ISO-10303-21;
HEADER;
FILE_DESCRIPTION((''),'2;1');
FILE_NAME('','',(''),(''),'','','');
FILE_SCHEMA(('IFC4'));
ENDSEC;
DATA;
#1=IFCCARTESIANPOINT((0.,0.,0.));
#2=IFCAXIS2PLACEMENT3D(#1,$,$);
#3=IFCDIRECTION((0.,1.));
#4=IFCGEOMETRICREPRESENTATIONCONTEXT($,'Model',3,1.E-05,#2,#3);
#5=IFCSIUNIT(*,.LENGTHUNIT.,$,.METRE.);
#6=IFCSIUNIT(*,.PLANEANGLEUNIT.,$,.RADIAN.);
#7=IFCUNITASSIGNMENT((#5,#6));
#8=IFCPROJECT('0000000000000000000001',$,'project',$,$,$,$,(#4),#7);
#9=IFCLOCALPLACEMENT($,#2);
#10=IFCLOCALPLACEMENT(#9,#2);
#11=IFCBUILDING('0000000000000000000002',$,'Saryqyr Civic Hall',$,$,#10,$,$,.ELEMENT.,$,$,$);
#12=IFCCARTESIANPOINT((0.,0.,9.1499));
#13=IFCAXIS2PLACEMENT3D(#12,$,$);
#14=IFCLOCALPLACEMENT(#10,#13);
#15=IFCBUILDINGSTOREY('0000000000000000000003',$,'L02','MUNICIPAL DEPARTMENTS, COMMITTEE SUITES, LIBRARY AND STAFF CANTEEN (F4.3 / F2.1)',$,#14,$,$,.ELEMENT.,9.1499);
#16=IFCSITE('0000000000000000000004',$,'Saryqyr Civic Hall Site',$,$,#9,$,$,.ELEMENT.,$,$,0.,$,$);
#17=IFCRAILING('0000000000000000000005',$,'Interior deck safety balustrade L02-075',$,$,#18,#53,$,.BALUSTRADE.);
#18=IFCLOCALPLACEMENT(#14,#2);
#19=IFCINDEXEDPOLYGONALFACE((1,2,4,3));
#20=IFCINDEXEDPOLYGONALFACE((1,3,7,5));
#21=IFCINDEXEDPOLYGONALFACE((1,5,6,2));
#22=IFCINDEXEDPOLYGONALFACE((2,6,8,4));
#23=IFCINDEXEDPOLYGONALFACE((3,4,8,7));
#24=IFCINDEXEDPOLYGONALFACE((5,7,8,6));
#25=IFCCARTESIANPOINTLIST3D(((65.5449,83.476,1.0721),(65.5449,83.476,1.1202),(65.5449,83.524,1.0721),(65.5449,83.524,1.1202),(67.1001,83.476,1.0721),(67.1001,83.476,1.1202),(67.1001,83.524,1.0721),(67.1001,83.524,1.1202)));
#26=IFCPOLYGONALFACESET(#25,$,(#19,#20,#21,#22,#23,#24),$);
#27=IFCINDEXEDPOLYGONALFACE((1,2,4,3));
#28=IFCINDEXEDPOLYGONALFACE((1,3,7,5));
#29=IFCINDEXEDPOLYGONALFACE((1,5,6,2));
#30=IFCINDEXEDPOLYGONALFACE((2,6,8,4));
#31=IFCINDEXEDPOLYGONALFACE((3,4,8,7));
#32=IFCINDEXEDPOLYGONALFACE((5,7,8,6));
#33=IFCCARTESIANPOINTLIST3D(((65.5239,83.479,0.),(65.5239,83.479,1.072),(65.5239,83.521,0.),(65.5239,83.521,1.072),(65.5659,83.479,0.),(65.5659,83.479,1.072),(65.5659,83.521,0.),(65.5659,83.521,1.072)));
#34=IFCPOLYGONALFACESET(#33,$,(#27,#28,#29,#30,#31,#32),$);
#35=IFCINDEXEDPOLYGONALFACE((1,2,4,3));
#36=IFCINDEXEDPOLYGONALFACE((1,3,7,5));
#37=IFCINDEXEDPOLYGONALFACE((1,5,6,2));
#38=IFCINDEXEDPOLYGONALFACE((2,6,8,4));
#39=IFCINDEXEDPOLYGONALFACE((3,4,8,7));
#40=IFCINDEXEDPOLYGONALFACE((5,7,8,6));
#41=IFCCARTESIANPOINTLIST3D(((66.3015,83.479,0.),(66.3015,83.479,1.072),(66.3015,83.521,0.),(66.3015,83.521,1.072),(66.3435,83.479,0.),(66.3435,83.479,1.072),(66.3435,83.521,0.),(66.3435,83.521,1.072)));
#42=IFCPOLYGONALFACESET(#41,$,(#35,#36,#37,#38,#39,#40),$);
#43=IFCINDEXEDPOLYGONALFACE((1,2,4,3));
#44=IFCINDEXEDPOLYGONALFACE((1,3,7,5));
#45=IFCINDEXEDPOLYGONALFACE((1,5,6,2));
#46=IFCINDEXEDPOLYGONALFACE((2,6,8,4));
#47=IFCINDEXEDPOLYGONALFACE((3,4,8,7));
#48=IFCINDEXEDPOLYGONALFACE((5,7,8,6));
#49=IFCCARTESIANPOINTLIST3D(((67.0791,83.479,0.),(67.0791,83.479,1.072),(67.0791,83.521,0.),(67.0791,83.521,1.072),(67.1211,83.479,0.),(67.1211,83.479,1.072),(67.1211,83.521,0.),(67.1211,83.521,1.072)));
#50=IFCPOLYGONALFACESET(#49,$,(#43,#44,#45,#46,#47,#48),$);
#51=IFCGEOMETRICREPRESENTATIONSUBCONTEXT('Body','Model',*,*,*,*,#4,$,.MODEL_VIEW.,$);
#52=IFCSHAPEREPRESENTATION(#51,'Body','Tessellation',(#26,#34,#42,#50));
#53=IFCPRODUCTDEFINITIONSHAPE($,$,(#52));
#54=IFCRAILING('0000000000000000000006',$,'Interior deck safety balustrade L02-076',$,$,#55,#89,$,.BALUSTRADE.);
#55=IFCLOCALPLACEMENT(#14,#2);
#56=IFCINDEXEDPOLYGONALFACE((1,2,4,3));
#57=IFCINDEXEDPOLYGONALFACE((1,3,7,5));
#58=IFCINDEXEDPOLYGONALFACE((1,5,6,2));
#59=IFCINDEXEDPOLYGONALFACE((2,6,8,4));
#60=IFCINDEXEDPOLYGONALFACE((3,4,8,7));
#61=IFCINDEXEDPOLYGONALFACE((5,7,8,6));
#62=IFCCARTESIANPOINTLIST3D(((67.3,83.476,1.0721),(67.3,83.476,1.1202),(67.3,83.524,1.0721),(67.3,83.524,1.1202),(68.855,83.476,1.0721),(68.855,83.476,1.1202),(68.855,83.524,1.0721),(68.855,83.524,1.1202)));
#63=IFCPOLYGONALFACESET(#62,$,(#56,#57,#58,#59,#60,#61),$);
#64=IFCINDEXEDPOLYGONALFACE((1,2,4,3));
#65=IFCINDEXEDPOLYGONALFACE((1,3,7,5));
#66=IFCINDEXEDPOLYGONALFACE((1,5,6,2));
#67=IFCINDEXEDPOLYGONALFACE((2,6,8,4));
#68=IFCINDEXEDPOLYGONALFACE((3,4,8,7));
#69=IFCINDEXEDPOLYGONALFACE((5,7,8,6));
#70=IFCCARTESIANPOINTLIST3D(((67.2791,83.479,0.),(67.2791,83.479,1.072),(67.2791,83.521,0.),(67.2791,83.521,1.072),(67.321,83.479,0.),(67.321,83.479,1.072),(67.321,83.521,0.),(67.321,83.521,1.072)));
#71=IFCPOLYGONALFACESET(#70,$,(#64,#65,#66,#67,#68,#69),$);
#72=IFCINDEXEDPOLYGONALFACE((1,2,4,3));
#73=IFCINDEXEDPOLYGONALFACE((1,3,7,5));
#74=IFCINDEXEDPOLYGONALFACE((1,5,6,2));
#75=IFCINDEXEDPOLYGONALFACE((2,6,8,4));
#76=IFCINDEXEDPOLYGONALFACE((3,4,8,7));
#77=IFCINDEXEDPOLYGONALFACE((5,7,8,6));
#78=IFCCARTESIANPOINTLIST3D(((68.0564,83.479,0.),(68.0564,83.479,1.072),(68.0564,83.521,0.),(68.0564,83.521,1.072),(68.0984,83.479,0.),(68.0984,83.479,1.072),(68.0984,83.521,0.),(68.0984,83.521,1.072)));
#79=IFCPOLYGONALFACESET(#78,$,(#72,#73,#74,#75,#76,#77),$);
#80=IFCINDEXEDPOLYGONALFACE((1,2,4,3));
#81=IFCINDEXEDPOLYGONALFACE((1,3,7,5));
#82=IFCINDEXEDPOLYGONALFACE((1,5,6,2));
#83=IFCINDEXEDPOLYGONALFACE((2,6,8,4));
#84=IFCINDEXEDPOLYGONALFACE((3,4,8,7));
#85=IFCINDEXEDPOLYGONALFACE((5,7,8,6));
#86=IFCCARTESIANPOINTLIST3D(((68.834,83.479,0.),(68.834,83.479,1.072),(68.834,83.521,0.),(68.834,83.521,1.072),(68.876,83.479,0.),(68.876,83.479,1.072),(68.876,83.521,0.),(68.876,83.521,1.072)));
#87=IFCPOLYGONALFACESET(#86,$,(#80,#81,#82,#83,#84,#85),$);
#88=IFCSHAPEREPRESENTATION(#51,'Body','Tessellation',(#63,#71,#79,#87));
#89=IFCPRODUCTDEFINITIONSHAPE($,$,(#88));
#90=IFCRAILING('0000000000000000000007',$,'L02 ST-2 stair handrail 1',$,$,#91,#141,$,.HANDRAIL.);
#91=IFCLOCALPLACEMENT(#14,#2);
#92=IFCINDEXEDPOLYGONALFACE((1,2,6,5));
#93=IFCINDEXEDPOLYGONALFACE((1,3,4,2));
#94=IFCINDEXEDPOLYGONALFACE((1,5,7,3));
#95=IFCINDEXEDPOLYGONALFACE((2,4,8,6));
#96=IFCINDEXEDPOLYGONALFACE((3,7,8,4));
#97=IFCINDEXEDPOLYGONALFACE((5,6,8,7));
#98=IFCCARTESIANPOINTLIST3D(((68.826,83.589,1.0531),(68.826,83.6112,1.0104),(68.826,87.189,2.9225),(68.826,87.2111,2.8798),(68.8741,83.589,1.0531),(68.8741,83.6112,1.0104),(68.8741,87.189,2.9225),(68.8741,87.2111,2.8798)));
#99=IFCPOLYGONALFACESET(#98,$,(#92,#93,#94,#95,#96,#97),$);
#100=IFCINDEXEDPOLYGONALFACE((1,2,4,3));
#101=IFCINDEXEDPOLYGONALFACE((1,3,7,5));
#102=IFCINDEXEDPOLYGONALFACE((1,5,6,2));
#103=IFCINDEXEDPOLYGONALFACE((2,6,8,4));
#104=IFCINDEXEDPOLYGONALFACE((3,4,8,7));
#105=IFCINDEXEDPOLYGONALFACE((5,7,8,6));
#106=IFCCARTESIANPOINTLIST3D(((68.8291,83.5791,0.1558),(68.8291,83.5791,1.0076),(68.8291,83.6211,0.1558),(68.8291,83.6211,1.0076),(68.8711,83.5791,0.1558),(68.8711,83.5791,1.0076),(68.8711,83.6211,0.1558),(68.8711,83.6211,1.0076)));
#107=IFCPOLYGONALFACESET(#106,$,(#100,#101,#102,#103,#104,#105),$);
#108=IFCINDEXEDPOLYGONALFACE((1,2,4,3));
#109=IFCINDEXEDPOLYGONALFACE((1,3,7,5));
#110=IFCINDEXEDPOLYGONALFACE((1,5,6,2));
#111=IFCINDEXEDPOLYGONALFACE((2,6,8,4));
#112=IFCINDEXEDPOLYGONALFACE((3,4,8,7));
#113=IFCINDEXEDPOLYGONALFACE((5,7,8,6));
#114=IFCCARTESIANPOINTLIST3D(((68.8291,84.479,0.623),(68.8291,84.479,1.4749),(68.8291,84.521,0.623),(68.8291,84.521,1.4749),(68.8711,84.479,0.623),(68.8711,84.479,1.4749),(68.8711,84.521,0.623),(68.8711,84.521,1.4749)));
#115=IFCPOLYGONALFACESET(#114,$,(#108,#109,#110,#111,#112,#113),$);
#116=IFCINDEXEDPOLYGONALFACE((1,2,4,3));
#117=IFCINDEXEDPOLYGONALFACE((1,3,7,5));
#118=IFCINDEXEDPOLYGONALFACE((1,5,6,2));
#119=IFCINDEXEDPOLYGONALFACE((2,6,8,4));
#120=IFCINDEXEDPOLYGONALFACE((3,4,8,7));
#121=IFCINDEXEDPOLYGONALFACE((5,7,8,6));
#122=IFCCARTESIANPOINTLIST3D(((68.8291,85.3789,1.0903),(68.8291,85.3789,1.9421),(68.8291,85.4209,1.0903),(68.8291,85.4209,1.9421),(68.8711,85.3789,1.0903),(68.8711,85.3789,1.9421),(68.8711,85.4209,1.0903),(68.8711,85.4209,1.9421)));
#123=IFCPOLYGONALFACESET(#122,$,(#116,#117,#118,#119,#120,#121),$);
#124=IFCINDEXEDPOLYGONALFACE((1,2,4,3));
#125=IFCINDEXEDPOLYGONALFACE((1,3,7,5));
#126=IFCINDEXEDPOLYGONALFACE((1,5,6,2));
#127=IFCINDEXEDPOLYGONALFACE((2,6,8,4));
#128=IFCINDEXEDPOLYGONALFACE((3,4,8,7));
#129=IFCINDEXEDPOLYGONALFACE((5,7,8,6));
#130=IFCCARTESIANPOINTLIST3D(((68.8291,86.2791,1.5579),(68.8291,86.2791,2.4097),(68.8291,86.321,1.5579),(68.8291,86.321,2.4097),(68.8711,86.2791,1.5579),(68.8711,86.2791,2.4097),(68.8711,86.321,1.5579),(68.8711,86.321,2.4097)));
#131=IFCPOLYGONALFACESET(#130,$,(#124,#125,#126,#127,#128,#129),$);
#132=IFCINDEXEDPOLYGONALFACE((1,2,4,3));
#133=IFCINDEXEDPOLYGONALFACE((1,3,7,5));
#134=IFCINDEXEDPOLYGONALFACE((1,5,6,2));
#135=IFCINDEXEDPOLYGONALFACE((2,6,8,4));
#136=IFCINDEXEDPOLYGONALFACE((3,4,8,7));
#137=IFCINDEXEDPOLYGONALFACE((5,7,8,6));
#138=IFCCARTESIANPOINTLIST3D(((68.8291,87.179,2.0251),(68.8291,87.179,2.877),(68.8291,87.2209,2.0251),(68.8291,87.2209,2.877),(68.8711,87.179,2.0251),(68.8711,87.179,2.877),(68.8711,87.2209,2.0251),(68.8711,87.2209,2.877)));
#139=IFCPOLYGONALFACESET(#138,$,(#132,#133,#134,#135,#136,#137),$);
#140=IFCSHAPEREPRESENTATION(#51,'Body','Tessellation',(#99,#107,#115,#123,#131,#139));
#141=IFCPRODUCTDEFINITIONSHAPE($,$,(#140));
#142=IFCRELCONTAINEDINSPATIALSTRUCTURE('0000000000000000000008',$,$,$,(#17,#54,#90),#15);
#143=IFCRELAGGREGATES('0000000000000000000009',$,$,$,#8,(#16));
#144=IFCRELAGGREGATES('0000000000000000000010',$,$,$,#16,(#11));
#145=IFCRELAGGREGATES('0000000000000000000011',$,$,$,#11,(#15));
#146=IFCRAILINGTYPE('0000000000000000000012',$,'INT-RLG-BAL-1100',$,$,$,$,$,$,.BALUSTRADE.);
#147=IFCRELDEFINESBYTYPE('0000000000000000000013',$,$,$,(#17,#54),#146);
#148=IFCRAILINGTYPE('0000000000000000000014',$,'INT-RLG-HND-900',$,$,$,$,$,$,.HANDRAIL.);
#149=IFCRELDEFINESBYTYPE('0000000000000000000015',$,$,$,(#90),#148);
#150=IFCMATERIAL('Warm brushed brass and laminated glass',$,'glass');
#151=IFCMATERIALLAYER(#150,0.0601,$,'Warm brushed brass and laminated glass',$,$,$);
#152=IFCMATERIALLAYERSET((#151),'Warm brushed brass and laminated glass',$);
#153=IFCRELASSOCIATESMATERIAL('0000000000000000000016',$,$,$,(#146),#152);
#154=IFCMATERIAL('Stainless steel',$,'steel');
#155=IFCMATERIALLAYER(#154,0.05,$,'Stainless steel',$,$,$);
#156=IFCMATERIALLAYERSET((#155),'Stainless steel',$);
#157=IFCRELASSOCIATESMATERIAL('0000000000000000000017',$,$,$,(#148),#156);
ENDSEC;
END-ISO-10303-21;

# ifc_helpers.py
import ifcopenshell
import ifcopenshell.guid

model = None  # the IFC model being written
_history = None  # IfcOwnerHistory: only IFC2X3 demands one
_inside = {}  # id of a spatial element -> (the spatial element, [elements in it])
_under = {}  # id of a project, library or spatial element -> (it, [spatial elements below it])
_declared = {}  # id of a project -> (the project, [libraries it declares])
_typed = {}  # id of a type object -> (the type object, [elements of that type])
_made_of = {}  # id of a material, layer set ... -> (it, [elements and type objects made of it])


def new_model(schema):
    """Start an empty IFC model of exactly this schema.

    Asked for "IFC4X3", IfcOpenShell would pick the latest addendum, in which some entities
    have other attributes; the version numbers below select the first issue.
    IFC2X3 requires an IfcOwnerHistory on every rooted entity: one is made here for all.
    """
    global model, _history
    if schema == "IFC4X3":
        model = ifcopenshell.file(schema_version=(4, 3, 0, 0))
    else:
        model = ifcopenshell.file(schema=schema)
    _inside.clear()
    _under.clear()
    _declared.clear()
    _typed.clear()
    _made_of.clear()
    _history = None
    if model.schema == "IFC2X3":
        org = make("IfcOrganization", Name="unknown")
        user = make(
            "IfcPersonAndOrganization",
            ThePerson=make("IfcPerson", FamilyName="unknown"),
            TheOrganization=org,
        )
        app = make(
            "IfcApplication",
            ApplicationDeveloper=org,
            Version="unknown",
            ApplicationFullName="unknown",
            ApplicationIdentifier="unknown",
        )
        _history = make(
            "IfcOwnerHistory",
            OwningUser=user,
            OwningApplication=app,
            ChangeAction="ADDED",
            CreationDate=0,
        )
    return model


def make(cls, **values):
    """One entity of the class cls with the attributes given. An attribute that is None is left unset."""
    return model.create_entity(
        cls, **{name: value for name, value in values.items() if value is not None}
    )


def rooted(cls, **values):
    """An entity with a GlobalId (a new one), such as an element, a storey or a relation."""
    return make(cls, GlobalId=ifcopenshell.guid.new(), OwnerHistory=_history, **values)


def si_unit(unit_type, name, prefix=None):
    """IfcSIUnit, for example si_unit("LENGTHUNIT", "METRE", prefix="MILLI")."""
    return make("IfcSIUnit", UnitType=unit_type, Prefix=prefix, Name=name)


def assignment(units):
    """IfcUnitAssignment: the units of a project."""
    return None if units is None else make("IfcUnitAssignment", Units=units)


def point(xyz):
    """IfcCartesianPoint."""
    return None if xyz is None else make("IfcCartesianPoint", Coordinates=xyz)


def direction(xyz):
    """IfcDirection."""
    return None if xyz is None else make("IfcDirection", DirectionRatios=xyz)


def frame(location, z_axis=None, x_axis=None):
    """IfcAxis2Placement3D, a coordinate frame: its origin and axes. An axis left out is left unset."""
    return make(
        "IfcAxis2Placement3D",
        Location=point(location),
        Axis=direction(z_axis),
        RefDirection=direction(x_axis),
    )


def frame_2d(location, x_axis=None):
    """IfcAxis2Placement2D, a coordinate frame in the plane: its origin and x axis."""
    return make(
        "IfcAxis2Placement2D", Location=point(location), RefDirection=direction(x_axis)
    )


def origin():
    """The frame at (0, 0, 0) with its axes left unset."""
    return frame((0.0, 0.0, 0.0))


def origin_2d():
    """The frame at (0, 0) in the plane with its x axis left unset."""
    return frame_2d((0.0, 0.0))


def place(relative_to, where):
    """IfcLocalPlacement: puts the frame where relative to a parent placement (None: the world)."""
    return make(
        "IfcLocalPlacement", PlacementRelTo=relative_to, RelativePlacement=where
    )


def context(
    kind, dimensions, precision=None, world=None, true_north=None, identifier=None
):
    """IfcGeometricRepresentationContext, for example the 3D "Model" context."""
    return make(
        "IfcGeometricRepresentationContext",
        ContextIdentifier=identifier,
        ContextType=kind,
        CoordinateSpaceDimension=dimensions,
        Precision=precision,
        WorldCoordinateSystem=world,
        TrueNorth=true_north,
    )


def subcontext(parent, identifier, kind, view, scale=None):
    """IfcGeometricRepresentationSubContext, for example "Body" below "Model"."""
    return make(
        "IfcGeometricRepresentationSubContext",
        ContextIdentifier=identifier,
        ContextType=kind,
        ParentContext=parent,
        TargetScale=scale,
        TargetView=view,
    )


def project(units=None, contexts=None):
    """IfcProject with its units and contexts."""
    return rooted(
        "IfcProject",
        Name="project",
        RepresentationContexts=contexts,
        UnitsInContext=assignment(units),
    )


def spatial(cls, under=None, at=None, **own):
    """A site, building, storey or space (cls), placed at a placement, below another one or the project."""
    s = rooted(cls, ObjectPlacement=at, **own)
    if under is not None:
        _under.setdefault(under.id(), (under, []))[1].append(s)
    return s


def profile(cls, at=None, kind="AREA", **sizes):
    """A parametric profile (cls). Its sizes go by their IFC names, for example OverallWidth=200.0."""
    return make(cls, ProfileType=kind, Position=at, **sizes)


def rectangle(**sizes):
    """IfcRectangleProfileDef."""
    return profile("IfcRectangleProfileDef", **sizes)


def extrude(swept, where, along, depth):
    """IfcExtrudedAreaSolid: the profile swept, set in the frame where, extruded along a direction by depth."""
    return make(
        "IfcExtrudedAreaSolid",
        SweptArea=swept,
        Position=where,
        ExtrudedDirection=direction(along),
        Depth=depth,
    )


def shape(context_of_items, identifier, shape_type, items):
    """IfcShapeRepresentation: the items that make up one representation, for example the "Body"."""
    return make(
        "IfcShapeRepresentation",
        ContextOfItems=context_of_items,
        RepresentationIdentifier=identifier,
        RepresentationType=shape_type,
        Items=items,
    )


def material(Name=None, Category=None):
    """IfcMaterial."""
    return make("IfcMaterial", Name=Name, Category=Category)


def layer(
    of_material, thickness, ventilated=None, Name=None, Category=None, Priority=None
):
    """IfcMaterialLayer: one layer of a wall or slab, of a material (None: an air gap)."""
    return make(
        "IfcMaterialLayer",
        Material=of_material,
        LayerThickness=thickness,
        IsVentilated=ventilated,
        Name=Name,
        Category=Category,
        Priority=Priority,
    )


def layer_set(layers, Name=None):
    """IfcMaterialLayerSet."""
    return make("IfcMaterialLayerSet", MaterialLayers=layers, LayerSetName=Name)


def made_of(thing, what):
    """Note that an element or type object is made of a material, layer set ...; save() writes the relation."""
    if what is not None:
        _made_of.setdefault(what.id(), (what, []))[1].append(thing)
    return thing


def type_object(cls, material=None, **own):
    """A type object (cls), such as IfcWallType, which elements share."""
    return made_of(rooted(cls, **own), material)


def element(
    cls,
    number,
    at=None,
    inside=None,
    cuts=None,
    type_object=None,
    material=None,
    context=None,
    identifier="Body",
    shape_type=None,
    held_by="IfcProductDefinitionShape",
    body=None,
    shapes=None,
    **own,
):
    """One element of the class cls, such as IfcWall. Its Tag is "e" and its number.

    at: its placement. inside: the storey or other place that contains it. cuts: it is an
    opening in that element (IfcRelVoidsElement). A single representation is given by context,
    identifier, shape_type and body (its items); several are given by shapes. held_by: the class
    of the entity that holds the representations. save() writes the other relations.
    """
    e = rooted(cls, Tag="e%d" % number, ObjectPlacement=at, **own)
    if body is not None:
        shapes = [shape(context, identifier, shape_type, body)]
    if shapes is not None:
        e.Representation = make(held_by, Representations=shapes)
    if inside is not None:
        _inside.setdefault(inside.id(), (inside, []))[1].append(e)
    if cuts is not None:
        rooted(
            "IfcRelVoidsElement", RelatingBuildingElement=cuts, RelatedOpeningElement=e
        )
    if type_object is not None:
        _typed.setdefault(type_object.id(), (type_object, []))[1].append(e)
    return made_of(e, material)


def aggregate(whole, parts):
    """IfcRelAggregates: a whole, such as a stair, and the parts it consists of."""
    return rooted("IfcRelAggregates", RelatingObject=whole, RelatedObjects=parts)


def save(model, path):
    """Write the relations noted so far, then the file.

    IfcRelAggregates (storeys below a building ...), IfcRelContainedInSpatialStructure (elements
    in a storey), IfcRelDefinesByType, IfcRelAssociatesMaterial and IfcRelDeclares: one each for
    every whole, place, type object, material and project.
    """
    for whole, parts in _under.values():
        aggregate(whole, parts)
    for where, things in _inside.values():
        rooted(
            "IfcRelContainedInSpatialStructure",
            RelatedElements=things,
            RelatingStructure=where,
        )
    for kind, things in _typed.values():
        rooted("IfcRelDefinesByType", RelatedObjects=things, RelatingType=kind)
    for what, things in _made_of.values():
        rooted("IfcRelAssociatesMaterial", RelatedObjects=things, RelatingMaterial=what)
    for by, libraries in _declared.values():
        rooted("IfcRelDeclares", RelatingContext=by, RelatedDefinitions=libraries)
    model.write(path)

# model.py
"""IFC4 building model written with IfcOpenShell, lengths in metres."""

from ifc_helpers import new_model, si_unit, direction, frame, origin, origin_2d, place, context, subcontext, project, spatial, rectangle, extrude, material, layer, layer_set, type_object, element, save


model = new_model("IFC4")

# Units and contexts
model_context = context("Model", 3, precision=1e-05, world=origin(), true_north=direction((0.0, 1.0)))
body_context = subcontext(model_context, "Body", "Model", "MODEL_VIEW")
ifc_project = project(units=[si_unit("LENGTHUNIT", "METRE"), si_unit("PLANEANGLEUNIT", "RADIAN")], contexts=[model_context])

# Site, building, storey
site_placement = place(None, origin())
site = spatial("IfcSite", under=ifc_project, at=site_placement, Name="Saryqyr Civic Hall Site", CompositionType="ELEMENT", RefElevation=0.0)
building_placement = place(site_placement, origin())
building = spatial("IfcBuilding", under=site, at=building_placement, Name="Saryqyr Civic Hall", CompositionType="ELEMENT")
storey_placement = place(building_placement, frame((0.0, 0.0, 9.1499)))
storey = spatial("IfcBuildingStorey", under=building, at=storey_placement, Name="L02", Description="MUNICIPAL DEPARTMENTS, COMMITTEE SUITES, LIBRARY AND STAFF CANTEEN (F4.3 / F2.1)", CompositionType="ELEMENT", Elevation=9.1499)

# Railings
ifc_material_1 = material(Name="Warm brushed brass and laminated glass", Category="glass")
ifc_layer_1 = layer(ifc_material_1, 0.0601, Name="Warm brushed brass and laminated glass")
ifc_layer_set_1 = layer_set([ifc_layer_1], Name="Warm brushed brass and laminated glass")
railing_type_1 = type_object("IfcRailingType", Name="INT-RLG-BAL-1100", PredefinedType="BALUSTRADE", material=ifc_layer_set_1)
railing_1_placement = place(storey_placement, frame((65.5449, 83.5, 0.0)))
element("IfcRailing", 1, at=railing_1_placement, inside=storey, type_object=railing_type_1, Name="Interior deck safety balustrade L02-075", PredefinedType="BALUSTRADE", context=body_context, shape_type="SweptSolid", body=[
    extrude(rectangle(XDim=0.0481, YDim=0.0481, at=origin_2d()), frame((0.0, 0.0, 1.0962), z_axis=(1.0, 0.0, 0.0), x_axis=(0.0, 1.0, 0.0)), (0.0, 0.0, 1.0), 1.5552),
    extrude(rectangle(XDim=0.042, YDim=0.042, at=origin_2d()), origin(), (0.0, 0.0, 1.0), 1.072),
    extrude(rectangle(XDim=0.042, YDim=0.042, at=origin_2d()), frame((0.7776, 0.0, 0.0)), (0.0, 0.0, 1.0), 1.072),
    extrude(rectangle(XDim=0.042, YDim=0.042, at=origin_2d()), frame((1.5552, 0.0, 0.0)), (0.0, 0.0, 1.0), 1.072),
])
railing_2_placement = place(storey_placement, frame((67.3, 83.5, 0.0)))
element("IfcRailing", 2, at=railing_2_placement, inside=storey, type_object=railing_type_1, Name="Interior deck safety balustrade L02-076", PredefinedType="BALUSTRADE", context=body_context, shape_type="SweptSolid", body=[
    extrude(rectangle(XDim=0.0481, YDim=0.0481, at=origin_2d()), frame((0.0, 0.0, 1.0962), z_axis=(1.0, 0.0, 0.0), x_axis=(0.0, 1.0, 0.0)), (0.0, 0.0, 1.0), 1.5549),
    extrude(rectangle(XDim=0.042, YDim=0.042, at=origin_2d()), origin(), (0.0, 0.0, 1.0), 1.072),
    extrude(rectangle(XDim=0.042, YDim=0.042, at=origin_2d()), frame((0.7773, 0.0, 0.0)), (0.0, 0.0, 1.0), 1.072),
    extrude(rectangle(XDim=0.042, YDim=0.042, at=origin_2d()), frame((1.5549, 0.0, 0.0)), (0.0, 0.0, 1.0), 1.072),
])
ifc_material_2 = material(Name="Stainless steel", Category="steel")
ifc_layer_2 = layer(ifc_material_2, 0.05, Name="Stainless steel")
ifc_layer_set_2 = layer_set([ifc_layer_2], Name="Stainless steel")
railing_type_2 = type_object("IfcRailingType", Name="INT-RLG-HND-900", PredefinedType="HANDRAIL", material=ifc_layer_set_2)
railing_3_placement = place(storey_placement, frame((68.8501, 83.6001, 0.1558)))
element("IfcRailing", 3, at=railing_3_placement, inside=storey, type_object=railing_type_2, Name="L02 ST-2 stair handrail 1", PredefinedType="HANDRAIL", context=body_context, shape_type="SweptSolid", body=[
    extrude(rectangle(XDim=0.0481, YDim=0.0481, at=origin_2d()), frame((0.0, 0.0, 0.876), z_axis=(0.0, 0.887473, 0.46086), x_axis=(-1.0, 0.0, 0.0)), (0.0, 0.0, 1.0), 4.0564),
    extrude(rectangle(XDim=0.042, YDim=0.042, at=origin_2d()), origin(), (0.0, 0.0, 1.0), 0.8518),
    extrude(rectangle(XDim=0.042, YDim=0.042, at=origin_2d()), frame((0.0, 0.8999, 0.4673)), (0.0, 0.0, 1.0), 0.8518),
    extrude(rectangle(XDim=0.042, YDim=0.042, at=origin_2d()), frame((0.0, 1.7998, 0.9346)), (0.0, 0.0, 1.0), 0.8518),
    extrude(rectangle(XDim=0.042, YDim=0.042, at=origin_2d()), frame((0.0, 2.7, 1.4021)), (0.0, 0.0, 1.0), 0.8518),
    extrude(rectangle(XDim=0.042, YDim=0.042, at=origin_2d()), frame((0.0, 3.5999, 1.8694)), (0.0, 0.0, 1.0), 0.8518),
])

save(model, "model.ifc")
